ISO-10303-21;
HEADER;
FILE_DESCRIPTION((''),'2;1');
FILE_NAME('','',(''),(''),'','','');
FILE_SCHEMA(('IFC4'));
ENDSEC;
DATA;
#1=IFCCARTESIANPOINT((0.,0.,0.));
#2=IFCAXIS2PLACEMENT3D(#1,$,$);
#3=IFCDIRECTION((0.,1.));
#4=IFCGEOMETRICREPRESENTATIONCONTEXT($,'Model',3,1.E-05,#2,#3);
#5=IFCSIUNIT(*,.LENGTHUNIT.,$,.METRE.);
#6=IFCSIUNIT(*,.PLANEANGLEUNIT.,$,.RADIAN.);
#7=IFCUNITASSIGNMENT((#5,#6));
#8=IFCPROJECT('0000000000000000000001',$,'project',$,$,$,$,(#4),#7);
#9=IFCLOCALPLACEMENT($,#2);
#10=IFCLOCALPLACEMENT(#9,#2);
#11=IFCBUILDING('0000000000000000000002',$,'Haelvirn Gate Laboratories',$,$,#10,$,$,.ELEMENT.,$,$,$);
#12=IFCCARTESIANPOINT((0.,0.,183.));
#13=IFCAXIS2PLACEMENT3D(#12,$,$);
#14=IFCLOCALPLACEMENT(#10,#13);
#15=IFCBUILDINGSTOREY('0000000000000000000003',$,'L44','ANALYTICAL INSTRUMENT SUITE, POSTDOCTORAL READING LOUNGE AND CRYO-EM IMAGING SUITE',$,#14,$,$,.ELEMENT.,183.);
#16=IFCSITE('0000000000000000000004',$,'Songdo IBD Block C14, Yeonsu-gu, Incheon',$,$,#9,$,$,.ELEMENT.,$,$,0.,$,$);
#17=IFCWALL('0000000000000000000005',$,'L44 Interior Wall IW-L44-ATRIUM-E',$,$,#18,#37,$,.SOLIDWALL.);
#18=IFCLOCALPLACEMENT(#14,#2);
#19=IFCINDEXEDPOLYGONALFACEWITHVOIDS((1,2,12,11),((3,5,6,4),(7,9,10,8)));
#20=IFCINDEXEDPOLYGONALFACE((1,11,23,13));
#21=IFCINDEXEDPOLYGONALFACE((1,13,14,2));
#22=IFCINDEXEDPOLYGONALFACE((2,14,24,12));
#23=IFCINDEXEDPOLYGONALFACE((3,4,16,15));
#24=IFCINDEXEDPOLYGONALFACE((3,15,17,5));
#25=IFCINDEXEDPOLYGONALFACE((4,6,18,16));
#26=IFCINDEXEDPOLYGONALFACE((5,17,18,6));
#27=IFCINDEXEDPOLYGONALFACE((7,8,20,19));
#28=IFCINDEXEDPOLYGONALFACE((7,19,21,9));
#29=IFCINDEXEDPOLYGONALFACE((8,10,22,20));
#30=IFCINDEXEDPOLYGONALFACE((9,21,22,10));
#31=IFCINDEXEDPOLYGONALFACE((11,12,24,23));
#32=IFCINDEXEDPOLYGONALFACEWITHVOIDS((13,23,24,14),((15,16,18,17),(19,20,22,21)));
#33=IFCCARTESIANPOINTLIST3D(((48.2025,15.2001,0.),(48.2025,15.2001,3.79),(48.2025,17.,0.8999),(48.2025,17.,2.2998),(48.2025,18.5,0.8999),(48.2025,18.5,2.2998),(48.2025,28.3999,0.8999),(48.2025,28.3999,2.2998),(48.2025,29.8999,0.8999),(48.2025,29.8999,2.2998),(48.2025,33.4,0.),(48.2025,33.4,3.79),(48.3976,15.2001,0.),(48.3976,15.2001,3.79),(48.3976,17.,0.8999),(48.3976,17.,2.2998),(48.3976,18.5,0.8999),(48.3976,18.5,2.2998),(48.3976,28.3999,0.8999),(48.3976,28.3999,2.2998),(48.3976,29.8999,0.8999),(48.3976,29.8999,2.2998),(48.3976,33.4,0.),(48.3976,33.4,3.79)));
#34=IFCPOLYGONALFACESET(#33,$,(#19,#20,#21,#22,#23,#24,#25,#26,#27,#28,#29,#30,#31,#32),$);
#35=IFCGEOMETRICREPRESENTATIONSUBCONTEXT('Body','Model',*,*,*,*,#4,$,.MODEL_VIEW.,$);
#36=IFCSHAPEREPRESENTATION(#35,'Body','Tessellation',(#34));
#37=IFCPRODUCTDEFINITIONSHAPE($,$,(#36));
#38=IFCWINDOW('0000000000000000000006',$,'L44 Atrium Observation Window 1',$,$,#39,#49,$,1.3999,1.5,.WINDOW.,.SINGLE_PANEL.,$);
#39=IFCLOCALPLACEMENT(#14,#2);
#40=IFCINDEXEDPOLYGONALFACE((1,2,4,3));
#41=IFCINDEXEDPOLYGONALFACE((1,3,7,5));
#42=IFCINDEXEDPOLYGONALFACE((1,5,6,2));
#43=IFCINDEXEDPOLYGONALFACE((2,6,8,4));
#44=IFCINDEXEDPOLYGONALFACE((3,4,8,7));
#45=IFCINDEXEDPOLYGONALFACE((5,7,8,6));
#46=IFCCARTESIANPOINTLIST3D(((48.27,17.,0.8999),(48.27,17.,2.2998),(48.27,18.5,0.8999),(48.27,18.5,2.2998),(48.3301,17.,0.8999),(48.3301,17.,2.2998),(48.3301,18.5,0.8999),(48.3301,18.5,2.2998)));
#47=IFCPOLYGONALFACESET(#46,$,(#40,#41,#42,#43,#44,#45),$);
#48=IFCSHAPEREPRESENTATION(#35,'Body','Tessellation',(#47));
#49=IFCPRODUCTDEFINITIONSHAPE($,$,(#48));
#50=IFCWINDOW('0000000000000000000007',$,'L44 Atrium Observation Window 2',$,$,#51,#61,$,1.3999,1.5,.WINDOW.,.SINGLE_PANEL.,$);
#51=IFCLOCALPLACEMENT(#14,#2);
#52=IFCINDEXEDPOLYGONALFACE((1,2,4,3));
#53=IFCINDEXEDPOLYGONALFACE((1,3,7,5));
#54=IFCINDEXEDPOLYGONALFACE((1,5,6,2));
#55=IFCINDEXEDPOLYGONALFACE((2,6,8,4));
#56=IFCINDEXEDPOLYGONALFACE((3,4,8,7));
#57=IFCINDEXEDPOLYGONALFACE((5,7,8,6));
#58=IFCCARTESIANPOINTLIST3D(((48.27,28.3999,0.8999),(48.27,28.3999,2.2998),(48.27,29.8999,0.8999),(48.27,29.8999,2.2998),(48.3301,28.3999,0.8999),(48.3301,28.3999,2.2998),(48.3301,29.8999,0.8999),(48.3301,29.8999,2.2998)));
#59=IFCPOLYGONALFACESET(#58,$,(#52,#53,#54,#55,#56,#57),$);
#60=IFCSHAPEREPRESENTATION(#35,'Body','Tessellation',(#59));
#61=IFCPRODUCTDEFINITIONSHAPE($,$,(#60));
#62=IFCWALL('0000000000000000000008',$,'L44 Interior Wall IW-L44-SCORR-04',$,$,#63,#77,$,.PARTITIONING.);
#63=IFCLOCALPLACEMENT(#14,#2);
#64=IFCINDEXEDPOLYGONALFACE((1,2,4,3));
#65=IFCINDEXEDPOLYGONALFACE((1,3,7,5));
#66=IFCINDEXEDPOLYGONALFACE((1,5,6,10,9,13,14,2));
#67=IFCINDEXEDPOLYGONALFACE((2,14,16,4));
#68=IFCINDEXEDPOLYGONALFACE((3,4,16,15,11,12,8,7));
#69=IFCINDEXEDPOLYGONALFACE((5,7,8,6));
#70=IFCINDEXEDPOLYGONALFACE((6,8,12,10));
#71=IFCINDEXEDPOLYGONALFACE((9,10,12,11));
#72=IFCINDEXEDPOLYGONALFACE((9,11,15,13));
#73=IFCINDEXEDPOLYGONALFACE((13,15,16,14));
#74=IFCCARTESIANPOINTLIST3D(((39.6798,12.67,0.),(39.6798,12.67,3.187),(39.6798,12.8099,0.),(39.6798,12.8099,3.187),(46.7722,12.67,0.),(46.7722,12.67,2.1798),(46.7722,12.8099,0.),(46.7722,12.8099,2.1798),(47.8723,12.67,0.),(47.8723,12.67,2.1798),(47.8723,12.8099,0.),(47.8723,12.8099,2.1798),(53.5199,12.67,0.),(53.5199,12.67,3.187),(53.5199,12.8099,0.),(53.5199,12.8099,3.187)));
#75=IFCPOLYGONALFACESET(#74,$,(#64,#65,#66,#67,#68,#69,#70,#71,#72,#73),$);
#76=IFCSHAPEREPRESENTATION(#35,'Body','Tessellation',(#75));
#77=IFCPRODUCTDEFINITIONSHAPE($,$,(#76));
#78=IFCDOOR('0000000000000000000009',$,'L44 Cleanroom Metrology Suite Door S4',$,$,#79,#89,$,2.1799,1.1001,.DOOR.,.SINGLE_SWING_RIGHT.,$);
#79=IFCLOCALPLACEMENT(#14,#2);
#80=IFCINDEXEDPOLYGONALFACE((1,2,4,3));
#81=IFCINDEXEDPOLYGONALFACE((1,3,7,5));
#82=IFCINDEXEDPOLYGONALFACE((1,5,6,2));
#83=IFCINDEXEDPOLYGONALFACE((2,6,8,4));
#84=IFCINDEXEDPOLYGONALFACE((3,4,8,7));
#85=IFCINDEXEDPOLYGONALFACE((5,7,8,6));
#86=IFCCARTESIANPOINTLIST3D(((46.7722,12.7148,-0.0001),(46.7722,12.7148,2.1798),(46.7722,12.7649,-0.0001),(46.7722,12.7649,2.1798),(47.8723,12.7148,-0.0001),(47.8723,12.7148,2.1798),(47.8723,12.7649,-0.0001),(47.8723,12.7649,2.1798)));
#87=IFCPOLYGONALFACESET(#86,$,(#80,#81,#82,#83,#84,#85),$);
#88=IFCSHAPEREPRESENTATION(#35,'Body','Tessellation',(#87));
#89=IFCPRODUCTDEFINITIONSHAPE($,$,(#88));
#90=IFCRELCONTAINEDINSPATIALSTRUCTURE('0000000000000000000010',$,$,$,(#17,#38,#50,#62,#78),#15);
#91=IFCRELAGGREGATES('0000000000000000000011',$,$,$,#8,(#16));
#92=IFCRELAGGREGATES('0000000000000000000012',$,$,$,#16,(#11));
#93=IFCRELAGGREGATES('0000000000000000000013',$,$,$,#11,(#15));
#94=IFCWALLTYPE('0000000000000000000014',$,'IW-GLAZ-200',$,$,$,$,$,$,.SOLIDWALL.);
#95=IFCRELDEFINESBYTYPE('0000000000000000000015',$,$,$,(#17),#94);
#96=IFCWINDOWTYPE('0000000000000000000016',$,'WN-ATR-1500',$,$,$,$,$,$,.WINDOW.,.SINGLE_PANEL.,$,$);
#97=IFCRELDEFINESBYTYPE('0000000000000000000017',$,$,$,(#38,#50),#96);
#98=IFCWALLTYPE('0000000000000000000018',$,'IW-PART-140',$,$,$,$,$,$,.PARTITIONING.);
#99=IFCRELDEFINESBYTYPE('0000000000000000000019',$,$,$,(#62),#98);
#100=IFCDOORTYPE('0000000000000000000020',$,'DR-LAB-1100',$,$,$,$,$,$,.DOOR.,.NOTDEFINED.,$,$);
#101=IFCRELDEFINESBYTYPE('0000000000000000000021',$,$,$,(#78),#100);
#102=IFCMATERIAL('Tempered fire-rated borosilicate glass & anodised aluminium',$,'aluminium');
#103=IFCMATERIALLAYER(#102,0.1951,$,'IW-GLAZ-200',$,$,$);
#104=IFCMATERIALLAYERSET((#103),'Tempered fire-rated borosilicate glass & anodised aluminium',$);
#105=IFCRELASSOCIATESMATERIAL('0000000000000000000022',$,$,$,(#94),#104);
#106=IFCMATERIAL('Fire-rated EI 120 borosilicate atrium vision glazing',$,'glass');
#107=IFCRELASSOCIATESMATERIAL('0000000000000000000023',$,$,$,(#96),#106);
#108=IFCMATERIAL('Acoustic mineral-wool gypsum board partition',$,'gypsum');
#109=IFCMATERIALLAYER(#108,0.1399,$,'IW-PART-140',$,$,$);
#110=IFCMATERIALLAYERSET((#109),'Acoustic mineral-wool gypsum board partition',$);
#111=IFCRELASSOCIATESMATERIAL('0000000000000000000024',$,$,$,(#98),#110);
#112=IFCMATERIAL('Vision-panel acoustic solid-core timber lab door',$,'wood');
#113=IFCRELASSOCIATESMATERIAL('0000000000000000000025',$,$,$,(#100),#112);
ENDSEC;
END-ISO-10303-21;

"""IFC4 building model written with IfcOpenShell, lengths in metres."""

from ifc_helpers import new_model, si_unit, direction, frame, frame_2d, origin, place, context, subcontext, project, spatial, rectangle, extrude, source, transform, mapped, material, layer, layer_set, type_object, type_shapes, element, fill, save


model = new_model("IFC4")

# Units and contexts
model_context = context("Model", 3, precision=1e-05, world=origin(), true_north=direction((0.0, 1.0)))
body_context = subcontext(model_context, "Body", "Model", "MODEL_VIEW")
ifc_project = project(units=[si_unit("LENGTHUNIT", "METRE"), si_unit("PLANEANGLEUNIT", "RADIAN")], contexts=[model_context])

# Site, building, storey
site_placement = place(None, origin())
site = spatial("IfcSite", under=ifc_project, at=site_placement, Name="Songdo IBD Block C14, Yeonsu-gu, Incheon", CompositionType="ELEMENT", RefElevation=0.0)
building_placement = place(site_placement, origin())
building = spatial("IfcBuilding", under=site, at=building_placement, Name="Haelvirn Gate Laboratories", CompositionType="ELEMENT")
storey_placement = place(building_placement, frame((0.0, 0.0, 183.0)))
storey = spatial("IfcBuildingStorey", under=building, at=storey_placement, Name="L44", Description="ANALYTICAL INSTRUMENT SUITE, POSTDOCTORAL READING LOUNGE AND CRYO-EM IMAGING SUITE", CompositionType="ELEMENT", Elevation=183.0)

# Wall, openings, windows
ifc_material_1 = material(Name="Tempered fire-rated borosilicate glass & anodised aluminium", Category="aluminium")
ifc_layer_1 = layer(ifc_material_1, 0.1951, Name="IW-GLAZ-200")
ifc_layer_set_1 = layer_set([ifc_layer_1], Name="Tempered fire-rated borosilicate glass & anodised aluminium")
wall_type_1 = type_object("IfcWallType", Name="IW-GLAZ-200", PredefinedType="SOLIDWALL", material=ifc_layer_set_1)
wall_1_placement = place(storey_placement, frame((48.3, 15.2, 0.0), z_axis=(0.0, 0.0, 1.0), x_axis=(0.0, 1.0, 0.0)))
wall_1 = element("IfcWall", 1, at=wall_1_placement, inside=storey, type_object=wall_type_1, Name="L44 Interior Wall IW-L44-ATRIUM-E", PredefinedType="SOLIDWALL", context=body_context, shape_type="SweptSolid", body=[
    extrude(rectangle(XDim=18.2, YDim=0.1951, at=frame_2d((9.1001, 0.0))), origin(), (0.0, 0.0, 1.0), 3.79),
])
opening_1_placement = place(wall_1_placement, frame((1.8, 0.0, 0.8999)))
opening_1 = element("IfcOpeningElement", 2, at=opening_1_placement, cuts=wall_1, PredefinedType="OPENING", context=body_context, shape_type="SweptSolid", body=[
    extrude(rectangle(XDim=1.5, YDim=1.3999, at=frame_2d((0.75, 0.7))), frame((0.0, 0.1074, 0.0), z_axis=(0.0, -1.0, 0.0), x_axis=(1.0, 0.0, 0.0)), (0.0, 0.0, 1.0), 0.2151),
])
opening_2_placement = place(wall_1_placement, frame((13.2, 0.0, 0.8999)))
opening_2 = element("IfcOpeningElement", 3, at=opening_2_placement, cuts=wall_1, PredefinedType="OPENING", context=body_context, shape_type="SweptSolid", body=[
    extrude(rectangle(XDim=1.5, YDim=1.3999, at=frame_2d((0.75, 0.7))), frame((0.0, 0.1074, 0.0), z_axis=(0.0, -1.0, 0.0), x_axis=(1.0, 0.0, 0.0)), (0.0, 0.0, 1.0), 0.2151),
])
ifc_material_2 = material(Name="Fire-rated EI 120 borosilicate atrium vision glazing", Category="glass")
window_type = type_object("IfcWindowType", Name="WN-ATR-1500", PartitioningType="SINGLE_PANEL", PredefinedType="WINDOW", material=ifc_material_2)
shared_shape_1 = source(origin(), body_context, "Body", "SweptSolid", [
    extrude(rectangle(XDim=1.5, YDim=1.3999, at=frame_2d((0.75, 0.7))), frame((0.0, 0.03, 0.0), z_axis=(0.0, -1.0, 0.0), x_axis=(1.0, 0.0, 0.0)), (0.0, 0.0, 1.0), 0.0601),
])
type_shapes(window_type, [shared_shape_1])
window_1_placement = place(opening_1_placement, origin())
window_1 = element("IfcWindow", 4, at=window_1_placement, inside=storey, type_object=window_type, Name="L44 Atrium Observation Window 1", OverallHeight=1.3999, OverallWidth=1.5, PartitioningType="SINGLE_PANEL", PredefinedType="WINDOW", context=body_context, shape_type="MappedRepresentation", body=[
    mapped(shared_shape_1, transform((0.0, 0.0, 0.0), scale=1.0)),
])
fill(opening_1, window_1)
window_2_placement = place(opening_2_placement, origin())
window_2 = element("IfcWindow", 5, at=window_2_placement, inside=storey, type_object=window_type, Name="L44 Atrium Observation Window 2", OverallHeight=1.3999, OverallWidth=1.5, PartitioningType="SINGLE_PANEL", PredefinedType="WINDOW", context=body_context, shape_type="MappedRepresentation", body=[
    mapped(shared_shape_1, transform((0.0, 0.0, 0.0), scale=1.0)),
])
fill(opening_2, window_2)

# Wall, opening, door
ifc_material_3 = material(Name="Acoustic mineral-wool gypsum board partition", Category="gypsum")
ifc_layer_2 = layer(ifc_material_3, 0.1399, Name="IW-PART-140")
ifc_layer_set_2 = layer_set([ifc_layer_2], Name="Acoustic mineral-wool gypsum board partition")
wall_type_2 = type_object("IfcWallType", Name="IW-PART-140", PredefinedType="PARTITIONING", material=ifc_layer_set_2)
wall_2_placement = place(storey_placement, frame((39.6799, 12.74, 0.0), z_axis=(0.0, 0.0, 1.0), x_axis=(1.0, 0.0, 0.0)))
wall_2 = element("IfcWall", 6, at=wall_2_placement, inside=storey, type_object=wall_type_2, Name="L44 Interior Wall IW-L44-SCORR-04", PredefinedType="PARTITIONING", context=body_context, shape_type="SweptSolid", body=[
    extrude(rectangle(XDim=13.8401, YDim=0.1399, at=frame_2d((6.9199, 0.0))), origin(), (0.0, 0.0, 1.0), 3.187),
])
opening_3_placement = place(wall_2_placement, frame((7.0923, 0.0, 0.0)))
opening_3 = element("IfcOpeningElement", 7, at=opening_3_placement, cuts=wall_2, PredefinedType="OPENING", context=body_context, shape_type="SweptSolid", body=[
    extrude(rectangle(XDim=1.1001, YDim=2.1799, at=frame_2d((0.55, 1.0898))), frame((0.0, 0.0801, 0.0), z_axis=(0.0, -1.0, 0.0), x_axis=(1.0, 0.0, 0.0)), (0.0, 0.0, 1.0), 0.1599),
])
ifc_material_4 = material(Name="Vision-panel acoustic solid-core timber lab door", Category="wood")
door_type_1 = type_object("IfcDoorType", Name="DR-LAB-1100", OperationType="NOTDEFINED", PredefinedType="DOOR", material=ifc_material_4)
shared_shape_2 = source(origin(), body_context, "Body", "SweptSolid", [
    extrude(rectangle(XDim=1.1001, YDim=2.1799, at=frame_2d((0.55, 1.0898))), frame((0.0, 0.0249, 0.0), z_axis=(0.0, -1.0, 0.0), x_axis=(1.0, 0.0, 0.0)), (0.0, 0.0, 1.0), 0.05),
])
type_shapes(door_type_1, [shared_shape_2])
door_1_placement = place(opening_3_placement, origin())
door_1 = element("IfcDoor", 8, at=door_1_placement, inside=storey, type_object=door_type_1, Name="L44 Cleanroom Metrology Suite Door S4", OperationType="SINGLE_SWING_RIGHT", OverallHeight=2.1799, OverallWidth=1.1001, PredefinedType="DOOR", context=body_context, shape_type="MappedRepresentation", body=[
    mapped(shared_shape_2, transform((0.0, 0.0, 0.0), scale=1.0)),
])
fill(opening_3, door_1)

save(model, "model.ifc")
